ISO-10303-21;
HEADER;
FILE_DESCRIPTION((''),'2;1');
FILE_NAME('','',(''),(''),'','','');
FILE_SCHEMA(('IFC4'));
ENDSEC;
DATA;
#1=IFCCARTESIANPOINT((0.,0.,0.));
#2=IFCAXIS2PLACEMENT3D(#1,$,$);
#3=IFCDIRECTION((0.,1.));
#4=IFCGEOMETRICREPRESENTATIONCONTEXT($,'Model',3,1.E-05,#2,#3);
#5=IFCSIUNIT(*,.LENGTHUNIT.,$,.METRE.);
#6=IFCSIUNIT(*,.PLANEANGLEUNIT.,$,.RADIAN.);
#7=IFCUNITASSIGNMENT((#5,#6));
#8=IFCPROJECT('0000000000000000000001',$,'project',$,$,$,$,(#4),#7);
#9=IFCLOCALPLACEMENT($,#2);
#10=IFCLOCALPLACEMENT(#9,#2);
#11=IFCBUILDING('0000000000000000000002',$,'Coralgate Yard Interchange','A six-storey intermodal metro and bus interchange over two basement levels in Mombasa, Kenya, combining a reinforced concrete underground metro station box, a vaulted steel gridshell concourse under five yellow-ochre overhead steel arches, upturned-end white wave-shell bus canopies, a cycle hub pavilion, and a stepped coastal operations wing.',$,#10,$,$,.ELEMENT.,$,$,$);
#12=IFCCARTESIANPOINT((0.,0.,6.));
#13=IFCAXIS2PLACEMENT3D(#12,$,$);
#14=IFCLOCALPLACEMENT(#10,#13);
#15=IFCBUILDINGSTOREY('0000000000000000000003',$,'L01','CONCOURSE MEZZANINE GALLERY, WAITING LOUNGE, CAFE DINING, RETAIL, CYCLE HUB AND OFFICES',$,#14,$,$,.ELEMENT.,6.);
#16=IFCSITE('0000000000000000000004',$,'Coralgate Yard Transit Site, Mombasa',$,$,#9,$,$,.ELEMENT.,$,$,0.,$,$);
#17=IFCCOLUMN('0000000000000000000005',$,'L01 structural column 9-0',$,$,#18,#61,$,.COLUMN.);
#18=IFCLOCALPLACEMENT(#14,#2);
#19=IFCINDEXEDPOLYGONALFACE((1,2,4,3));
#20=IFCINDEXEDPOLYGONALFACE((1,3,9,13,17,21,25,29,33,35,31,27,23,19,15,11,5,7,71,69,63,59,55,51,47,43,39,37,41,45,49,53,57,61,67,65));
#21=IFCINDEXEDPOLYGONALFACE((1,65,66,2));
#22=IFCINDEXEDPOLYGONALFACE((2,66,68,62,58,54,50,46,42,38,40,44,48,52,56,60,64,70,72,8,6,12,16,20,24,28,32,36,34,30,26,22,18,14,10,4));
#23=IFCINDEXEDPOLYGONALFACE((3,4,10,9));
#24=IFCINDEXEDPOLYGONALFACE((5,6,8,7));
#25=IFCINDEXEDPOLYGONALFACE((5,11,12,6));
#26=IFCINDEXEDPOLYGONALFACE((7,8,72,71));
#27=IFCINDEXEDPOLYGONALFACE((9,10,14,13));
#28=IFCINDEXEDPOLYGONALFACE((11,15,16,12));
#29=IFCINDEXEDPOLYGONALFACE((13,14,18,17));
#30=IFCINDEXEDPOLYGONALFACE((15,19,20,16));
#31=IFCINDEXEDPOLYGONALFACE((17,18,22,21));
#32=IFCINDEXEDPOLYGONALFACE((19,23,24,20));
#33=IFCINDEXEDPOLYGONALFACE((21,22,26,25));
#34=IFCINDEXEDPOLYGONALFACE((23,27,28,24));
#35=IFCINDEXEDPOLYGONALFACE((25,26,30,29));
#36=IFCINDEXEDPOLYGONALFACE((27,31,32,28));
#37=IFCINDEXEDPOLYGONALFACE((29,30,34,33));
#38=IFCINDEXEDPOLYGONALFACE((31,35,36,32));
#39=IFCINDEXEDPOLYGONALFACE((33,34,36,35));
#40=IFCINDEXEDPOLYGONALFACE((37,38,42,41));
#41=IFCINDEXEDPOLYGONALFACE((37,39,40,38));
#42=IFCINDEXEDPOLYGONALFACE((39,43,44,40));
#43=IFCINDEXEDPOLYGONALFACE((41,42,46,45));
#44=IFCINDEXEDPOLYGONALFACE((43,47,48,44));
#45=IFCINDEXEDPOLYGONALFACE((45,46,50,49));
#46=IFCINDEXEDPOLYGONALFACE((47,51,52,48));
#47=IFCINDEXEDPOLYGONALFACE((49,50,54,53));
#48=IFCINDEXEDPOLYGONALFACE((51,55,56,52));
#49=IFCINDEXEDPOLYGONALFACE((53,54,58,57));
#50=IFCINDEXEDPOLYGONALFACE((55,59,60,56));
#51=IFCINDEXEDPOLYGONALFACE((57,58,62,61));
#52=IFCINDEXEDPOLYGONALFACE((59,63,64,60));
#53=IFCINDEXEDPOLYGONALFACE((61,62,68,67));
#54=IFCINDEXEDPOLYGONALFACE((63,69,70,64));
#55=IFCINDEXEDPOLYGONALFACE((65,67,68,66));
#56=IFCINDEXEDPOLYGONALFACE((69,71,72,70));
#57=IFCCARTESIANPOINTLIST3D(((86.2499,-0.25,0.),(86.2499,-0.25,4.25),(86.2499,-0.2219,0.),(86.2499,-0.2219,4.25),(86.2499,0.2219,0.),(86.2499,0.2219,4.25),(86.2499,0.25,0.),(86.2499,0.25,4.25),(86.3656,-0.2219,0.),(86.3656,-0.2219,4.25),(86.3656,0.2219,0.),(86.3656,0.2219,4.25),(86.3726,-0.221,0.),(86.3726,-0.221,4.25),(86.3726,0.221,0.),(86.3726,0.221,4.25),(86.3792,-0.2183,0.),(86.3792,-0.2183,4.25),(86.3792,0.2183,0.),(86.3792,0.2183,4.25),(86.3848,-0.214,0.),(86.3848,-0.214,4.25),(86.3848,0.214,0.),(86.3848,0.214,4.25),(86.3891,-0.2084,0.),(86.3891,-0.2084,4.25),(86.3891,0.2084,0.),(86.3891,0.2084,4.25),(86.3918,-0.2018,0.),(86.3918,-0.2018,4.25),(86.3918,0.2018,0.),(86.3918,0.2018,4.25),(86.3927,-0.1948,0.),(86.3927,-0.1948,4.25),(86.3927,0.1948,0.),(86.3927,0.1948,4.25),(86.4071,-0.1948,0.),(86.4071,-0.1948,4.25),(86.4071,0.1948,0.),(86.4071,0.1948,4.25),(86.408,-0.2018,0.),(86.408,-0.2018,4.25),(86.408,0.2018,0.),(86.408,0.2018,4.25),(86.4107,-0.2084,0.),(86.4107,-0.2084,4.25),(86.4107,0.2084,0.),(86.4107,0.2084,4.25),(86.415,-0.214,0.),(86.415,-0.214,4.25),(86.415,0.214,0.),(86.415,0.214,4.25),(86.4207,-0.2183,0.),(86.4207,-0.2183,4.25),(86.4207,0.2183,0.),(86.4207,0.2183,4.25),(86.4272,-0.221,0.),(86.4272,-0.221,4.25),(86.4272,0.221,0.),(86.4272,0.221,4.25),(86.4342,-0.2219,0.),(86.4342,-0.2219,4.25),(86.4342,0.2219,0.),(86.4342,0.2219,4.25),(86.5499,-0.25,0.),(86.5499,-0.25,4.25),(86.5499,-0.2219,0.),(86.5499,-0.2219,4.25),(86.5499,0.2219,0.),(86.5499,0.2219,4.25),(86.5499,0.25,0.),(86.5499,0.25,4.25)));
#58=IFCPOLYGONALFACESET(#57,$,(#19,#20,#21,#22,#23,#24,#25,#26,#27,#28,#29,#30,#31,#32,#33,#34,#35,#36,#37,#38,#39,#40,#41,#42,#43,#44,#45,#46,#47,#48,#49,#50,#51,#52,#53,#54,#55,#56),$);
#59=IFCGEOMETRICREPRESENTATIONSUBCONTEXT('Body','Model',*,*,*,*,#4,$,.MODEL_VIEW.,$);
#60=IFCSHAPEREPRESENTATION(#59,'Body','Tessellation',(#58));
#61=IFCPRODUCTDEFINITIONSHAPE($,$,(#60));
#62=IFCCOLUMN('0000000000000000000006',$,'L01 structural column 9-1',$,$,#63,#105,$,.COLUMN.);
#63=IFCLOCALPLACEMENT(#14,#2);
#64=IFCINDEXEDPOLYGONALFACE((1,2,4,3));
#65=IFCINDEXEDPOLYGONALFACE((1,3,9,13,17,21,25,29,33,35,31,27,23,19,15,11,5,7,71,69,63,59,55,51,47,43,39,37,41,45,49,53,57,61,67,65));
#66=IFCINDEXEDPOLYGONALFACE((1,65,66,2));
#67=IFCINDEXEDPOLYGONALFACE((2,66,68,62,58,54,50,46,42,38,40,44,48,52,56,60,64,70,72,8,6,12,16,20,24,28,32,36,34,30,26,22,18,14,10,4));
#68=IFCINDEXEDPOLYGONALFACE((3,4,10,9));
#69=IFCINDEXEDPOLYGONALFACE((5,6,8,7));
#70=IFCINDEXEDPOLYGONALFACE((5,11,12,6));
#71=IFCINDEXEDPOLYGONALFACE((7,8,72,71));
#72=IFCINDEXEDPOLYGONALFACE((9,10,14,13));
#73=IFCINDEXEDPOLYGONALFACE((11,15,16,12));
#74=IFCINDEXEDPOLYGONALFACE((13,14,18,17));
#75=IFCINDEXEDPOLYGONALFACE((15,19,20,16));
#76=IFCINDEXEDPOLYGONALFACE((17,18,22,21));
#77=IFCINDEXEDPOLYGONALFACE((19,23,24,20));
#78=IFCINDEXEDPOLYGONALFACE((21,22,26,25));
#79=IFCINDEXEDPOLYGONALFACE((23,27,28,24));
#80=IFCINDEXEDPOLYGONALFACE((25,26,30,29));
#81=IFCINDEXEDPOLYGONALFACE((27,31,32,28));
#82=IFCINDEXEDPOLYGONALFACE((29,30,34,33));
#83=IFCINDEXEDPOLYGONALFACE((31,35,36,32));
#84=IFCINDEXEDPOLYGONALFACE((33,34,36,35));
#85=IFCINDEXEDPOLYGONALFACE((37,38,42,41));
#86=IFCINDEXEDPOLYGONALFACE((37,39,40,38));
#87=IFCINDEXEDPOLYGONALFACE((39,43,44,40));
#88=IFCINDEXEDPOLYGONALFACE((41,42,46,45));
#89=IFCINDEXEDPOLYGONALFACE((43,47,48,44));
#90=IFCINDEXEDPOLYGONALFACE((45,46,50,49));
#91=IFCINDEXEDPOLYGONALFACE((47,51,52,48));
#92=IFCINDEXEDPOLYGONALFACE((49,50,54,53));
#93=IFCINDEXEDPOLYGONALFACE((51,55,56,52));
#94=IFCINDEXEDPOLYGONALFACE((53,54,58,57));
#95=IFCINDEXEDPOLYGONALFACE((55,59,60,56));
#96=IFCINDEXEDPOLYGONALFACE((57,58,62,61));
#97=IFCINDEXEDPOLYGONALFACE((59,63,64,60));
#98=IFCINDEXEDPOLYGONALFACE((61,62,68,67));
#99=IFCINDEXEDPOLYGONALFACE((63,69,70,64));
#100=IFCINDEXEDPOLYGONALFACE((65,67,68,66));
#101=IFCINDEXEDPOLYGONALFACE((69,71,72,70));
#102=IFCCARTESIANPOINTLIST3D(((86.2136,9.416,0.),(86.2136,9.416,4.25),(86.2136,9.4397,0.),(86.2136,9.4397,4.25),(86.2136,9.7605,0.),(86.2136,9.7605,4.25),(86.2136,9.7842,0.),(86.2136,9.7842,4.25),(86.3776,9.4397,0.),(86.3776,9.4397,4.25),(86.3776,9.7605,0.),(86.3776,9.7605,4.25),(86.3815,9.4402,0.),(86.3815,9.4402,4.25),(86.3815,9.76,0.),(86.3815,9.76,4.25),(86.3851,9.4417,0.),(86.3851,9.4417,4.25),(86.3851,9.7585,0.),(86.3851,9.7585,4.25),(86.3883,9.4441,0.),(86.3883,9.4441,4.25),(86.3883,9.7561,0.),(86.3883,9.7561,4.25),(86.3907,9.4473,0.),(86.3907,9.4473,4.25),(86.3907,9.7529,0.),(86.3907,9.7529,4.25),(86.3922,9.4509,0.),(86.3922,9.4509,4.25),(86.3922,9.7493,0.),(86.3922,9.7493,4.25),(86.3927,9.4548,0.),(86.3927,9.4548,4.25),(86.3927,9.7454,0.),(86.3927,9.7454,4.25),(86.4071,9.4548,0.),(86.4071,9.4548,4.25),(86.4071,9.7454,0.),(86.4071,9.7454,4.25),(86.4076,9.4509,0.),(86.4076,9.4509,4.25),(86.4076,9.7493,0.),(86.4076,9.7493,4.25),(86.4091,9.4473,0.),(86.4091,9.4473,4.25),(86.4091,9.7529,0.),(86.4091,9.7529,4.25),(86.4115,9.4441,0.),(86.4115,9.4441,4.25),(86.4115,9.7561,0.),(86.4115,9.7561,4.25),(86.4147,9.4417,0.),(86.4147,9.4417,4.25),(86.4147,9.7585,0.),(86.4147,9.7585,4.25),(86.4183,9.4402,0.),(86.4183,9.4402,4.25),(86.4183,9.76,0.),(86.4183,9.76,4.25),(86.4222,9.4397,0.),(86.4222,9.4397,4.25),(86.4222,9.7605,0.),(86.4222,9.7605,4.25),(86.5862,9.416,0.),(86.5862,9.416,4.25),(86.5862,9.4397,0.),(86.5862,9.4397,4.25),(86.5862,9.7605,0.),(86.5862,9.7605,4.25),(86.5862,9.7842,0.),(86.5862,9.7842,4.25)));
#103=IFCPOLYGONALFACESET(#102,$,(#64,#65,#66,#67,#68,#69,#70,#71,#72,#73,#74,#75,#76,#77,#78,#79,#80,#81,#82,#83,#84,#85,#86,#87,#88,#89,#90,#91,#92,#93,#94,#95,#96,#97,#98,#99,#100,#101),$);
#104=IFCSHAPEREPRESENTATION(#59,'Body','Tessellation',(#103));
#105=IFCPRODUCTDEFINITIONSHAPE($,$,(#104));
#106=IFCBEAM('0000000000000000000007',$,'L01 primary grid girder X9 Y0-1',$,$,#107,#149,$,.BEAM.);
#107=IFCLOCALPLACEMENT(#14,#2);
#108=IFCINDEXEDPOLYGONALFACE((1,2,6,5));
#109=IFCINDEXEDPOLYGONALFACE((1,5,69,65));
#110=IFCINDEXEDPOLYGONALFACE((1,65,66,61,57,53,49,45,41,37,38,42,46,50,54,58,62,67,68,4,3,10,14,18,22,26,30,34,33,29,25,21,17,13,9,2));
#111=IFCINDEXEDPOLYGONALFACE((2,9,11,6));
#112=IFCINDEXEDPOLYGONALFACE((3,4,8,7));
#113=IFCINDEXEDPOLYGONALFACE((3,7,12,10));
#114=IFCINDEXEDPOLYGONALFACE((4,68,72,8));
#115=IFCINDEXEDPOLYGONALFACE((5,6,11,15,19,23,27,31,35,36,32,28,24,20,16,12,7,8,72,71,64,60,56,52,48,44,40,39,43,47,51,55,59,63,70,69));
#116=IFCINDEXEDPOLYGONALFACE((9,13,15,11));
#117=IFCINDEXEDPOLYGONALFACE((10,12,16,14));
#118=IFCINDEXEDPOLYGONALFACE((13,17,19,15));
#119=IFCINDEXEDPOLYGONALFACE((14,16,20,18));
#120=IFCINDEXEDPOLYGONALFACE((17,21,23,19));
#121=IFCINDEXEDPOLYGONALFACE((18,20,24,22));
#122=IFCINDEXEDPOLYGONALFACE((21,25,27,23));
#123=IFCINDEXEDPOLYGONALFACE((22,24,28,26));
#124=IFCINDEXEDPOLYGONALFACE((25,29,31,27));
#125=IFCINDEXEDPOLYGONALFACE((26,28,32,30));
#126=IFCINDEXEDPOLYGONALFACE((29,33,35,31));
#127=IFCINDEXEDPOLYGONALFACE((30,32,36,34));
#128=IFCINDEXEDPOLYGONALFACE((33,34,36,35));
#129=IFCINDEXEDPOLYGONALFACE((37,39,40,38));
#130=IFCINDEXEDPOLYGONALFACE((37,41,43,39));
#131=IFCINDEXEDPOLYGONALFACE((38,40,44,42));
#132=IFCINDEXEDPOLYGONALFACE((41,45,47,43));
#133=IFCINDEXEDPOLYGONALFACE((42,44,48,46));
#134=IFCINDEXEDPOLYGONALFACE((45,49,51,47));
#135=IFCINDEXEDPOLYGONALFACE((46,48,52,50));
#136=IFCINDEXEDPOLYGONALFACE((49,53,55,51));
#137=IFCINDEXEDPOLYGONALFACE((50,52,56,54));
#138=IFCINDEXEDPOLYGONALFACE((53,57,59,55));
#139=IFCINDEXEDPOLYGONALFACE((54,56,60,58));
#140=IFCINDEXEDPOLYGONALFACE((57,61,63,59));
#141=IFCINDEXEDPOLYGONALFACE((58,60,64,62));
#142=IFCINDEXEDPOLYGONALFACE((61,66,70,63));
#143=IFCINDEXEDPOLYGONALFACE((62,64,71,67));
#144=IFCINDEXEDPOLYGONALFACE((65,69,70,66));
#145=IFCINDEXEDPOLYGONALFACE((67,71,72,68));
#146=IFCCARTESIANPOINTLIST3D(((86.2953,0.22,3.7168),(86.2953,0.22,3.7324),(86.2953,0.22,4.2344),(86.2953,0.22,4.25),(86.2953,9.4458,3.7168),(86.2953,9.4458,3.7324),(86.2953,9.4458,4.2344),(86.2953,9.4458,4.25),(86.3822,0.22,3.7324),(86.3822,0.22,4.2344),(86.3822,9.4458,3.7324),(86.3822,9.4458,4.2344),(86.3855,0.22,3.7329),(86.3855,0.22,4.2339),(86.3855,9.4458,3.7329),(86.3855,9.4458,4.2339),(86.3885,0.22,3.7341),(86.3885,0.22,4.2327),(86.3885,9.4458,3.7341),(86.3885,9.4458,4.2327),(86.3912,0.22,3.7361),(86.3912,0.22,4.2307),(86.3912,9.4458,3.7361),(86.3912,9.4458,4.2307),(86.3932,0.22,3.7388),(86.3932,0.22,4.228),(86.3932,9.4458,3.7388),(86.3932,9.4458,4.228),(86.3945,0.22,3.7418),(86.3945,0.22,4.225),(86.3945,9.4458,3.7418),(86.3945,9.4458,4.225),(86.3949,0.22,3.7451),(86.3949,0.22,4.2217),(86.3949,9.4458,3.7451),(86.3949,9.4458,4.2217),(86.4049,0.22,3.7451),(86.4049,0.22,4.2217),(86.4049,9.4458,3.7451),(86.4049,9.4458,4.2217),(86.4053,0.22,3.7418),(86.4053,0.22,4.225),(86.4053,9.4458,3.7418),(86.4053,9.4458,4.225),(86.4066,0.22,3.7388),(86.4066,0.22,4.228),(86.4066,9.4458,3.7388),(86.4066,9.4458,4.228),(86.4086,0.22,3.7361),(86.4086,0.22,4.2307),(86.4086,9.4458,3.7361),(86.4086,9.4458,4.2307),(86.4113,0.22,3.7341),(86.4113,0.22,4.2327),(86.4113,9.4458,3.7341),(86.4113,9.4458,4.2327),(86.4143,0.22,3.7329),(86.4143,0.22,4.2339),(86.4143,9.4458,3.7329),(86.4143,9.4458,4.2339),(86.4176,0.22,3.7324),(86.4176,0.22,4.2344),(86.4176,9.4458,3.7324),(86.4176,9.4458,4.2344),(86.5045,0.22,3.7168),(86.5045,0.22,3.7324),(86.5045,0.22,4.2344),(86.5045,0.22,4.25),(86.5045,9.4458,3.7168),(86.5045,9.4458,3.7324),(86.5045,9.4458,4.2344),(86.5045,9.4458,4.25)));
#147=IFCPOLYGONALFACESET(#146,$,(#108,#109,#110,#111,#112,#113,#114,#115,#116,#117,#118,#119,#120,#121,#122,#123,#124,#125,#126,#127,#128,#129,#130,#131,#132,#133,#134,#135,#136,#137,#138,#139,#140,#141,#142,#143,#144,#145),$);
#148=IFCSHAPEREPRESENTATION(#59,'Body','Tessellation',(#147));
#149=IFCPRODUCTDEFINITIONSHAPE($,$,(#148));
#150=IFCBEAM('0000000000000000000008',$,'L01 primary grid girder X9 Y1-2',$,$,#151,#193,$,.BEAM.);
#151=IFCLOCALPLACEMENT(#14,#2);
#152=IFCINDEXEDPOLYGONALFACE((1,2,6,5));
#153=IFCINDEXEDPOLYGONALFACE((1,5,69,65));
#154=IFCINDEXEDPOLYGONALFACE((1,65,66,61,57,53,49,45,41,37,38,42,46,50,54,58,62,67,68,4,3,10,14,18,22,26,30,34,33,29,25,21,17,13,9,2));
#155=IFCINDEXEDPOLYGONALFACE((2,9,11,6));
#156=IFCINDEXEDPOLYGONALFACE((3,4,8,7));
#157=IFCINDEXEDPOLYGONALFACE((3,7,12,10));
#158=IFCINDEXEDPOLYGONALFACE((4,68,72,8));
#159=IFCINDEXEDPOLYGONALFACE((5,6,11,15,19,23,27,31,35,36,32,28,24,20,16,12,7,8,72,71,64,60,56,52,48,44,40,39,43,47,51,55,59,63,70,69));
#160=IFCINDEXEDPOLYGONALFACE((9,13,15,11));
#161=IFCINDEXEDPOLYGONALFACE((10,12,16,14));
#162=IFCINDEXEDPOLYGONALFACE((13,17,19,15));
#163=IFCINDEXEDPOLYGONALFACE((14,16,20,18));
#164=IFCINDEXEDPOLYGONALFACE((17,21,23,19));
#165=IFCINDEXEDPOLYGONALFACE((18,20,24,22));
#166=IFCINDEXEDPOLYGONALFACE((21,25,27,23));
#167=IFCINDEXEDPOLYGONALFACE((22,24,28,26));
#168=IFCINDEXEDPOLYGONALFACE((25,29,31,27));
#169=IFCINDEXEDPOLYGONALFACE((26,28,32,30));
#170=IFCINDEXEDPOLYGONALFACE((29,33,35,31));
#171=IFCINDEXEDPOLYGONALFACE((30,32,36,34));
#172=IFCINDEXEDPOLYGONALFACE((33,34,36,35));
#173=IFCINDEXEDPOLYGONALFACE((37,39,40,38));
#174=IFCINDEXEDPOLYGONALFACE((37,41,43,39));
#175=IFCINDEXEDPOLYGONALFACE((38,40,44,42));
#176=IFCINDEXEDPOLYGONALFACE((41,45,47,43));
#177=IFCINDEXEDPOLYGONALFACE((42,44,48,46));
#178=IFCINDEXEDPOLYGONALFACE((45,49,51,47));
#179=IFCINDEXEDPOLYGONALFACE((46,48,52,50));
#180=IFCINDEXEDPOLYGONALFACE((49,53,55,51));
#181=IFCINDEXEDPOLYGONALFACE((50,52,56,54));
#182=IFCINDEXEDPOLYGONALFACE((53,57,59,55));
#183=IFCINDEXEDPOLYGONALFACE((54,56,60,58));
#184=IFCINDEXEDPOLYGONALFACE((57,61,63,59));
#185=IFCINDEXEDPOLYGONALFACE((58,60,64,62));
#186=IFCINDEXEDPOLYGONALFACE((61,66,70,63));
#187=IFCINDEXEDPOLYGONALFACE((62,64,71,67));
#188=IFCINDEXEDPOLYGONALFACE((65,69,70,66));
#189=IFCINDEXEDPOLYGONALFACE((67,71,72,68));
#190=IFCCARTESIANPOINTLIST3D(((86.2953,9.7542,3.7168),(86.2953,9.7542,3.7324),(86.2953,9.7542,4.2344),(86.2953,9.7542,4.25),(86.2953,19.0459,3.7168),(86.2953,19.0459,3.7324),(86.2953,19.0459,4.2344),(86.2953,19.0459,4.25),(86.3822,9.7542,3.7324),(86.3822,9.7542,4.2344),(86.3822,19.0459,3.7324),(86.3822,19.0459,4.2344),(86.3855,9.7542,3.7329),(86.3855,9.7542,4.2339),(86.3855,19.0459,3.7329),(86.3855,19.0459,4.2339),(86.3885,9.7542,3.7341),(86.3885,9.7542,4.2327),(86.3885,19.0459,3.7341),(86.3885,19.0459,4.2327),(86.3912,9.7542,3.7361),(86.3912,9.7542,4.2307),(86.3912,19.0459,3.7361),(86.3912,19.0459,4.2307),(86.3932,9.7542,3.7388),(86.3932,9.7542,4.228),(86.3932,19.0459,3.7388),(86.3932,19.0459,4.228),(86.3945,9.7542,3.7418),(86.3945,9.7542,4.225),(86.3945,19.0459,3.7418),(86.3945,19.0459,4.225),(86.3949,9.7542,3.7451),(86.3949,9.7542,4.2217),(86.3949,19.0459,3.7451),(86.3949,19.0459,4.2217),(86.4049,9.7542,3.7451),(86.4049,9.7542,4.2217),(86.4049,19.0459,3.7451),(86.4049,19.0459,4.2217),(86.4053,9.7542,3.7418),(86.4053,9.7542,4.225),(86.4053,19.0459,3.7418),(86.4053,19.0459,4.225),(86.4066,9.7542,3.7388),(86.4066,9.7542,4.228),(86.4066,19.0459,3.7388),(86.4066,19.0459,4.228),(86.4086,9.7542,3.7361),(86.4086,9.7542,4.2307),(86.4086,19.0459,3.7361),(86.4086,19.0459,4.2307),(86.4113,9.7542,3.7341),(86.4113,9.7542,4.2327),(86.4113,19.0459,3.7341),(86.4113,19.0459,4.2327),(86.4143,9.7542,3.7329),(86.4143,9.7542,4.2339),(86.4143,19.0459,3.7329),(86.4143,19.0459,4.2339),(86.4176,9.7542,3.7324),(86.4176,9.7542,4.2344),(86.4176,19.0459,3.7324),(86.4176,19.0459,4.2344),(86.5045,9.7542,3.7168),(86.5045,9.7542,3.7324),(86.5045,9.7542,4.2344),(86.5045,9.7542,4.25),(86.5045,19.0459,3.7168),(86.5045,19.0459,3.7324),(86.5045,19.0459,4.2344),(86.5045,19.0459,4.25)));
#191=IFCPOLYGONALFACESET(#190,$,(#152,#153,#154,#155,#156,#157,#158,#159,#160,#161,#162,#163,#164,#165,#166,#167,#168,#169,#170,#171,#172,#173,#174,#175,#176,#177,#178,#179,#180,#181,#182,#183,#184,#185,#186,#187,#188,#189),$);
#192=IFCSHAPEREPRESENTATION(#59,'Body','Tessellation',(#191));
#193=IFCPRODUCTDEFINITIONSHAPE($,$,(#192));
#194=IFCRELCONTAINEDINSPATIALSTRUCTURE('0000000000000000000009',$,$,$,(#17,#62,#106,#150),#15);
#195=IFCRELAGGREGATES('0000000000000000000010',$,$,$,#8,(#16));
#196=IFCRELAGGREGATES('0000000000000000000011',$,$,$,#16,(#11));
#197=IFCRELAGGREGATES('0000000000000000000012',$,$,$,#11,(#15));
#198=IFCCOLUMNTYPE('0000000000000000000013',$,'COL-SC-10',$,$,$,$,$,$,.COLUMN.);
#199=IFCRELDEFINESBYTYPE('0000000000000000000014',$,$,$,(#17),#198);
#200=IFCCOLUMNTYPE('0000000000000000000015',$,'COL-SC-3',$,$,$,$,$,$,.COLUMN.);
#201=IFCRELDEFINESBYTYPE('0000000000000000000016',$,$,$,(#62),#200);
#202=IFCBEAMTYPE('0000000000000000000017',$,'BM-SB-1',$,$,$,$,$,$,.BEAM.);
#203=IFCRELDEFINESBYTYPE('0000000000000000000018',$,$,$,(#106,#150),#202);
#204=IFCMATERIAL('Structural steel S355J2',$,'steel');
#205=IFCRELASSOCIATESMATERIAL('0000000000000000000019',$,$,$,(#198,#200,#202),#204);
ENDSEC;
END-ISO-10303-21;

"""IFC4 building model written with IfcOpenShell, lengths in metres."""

from ifc_helpers import new_model, si_unit, direction, frame, origin, origin_2d, place, context, subcontext, project, spatial, i_section, extrude, material, material_profile, profile_set, type_object, element, save


model = new_model("IFC4")

# Units and contexts
model_context = context("Model", 3, precision=1e-05, world=origin(), true_north=direction((0.0, 1.0)))
body_context = subcontext(model_context, "Body", "Model", "MODEL_VIEW")
ifc_project = project(units=[si_unit("LENGTHUNIT", "METRE"), si_unit("PLANEANGLEUNIT", "RADIAN")], contexts=[model_context])

# Site, building, storey
site_placement = place(None, origin())
site = spatial("IfcSite", under=ifc_project, at=site_placement, Name="Coralgate Yard Transit Site, Mombasa", CompositionType="ELEMENT", RefElevation=0.0)
building_placement = place(site_placement, origin())
building = spatial("IfcBuilding", under=site, at=building_placement, Name="Coralgate Yard Interchange", Description="A six-storey intermodal metro and bus interchange over two basement levels in Mombasa, Kenya, combining a reinforced concrete underground metro station box, a vaulted steel gridshell concourse under five yellow-ochre overhead steel arches, upturned-end white wave-shell bus canopies, a cycle hub pavilion, and a stepped coastal operations wing.", CompositionType="ELEMENT")
storey_placement = place(building_placement, frame((0.0, 0.0, 6.0)))
storey = spatial("IfcBuildingStorey", under=building, at=storey_placement, Name="L01", Description="CONCOURSE MEZZANINE GALLERY, WAITING LOUNGE, CAFE DINING, RETAIL, CYCLE HUB AND OFFICES", CompositionType="ELEMENT", Elevation=6.0)

# Columns
ifc_material_1 = material(Name="Structural steel S355J2", Category="steel")
ifc_material_profile_1 = material_profile(ifc_material_1, i_section(OverallWidth=0.3, OverallDepth=0.5, WebThickness=0.0144, FlangeThickness=0.0281, FilletRadius=0.0271, at=origin_2d()), Name="HEB 500")
ifc_profile_set_1 = profile_set([ifc_material_profile_1], Name="Structural steel S355J2")
column_type_1 = type_object("IfcColumnType", Name="COL-SC-10", PredefinedType="COLUMN", material=ifc_profile_set_1)
column_1_placement = place(storey_placement, frame((86.3999, 0.0, 0.0), z_axis=(0.0, 0.0, 1.0), x_axis=(1.0, 0.0, 0.0)))
element("IfcColumn", 1, at=column_1_placement, inside=storey, type_object=column_type_1, Name="L01 structural column 9-0", PredefinedType="COLUMN", context=body_context, shape_type="SweptSolid", body=[
    extrude(i_section(OverallWidth=0.3, OverallDepth=0.5, WebThickness=0.0144, FlangeThickness=0.0281, FilletRadius=0.0271, at=origin_2d()), origin(), (0.0, 0.0, 1.0), 4.25),
])
ifc_material_profile_2 = material_profile(ifc_material_1, i_section(OverallWidth=0.3726, OverallDepth=0.3682, WebThickness=0.0144, FlangeThickness=0.0237, FilletRadius=0.0151, at=origin_2d()), Name="UC 356x368x177")
ifc_profile_set_2 = profile_set([ifc_material_profile_2], Name="Structural steel S355J2")
column_type_2 = type_object("IfcColumnType", Name="COL-SC-3", PredefinedType="COLUMN", material=ifc_profile_set_2)
column_2_placement = place(storey_placement, frame((86.3999, 9.6001, 0.0), z_axis=(0.0, 0.0, 1.0), x_axis=(1.0, 0.0, 0.0)))
element("IfcColumn", 2, at=column_2_placement, inside=storey, type_object=column_type_2, Name="L01 structural column 9-1", PredefinedType="COLUMN", context=body_context, shape_type="SweptSolid", body=[
    extrude(i_section(OverallWidth=0.3726, OverallDepth=0.3682, WebThickness=0.0144, FlangeThickness=0.0237, FilletRadius=0.0151, at=origin_2d()), origin(), (0.0, 0.0, 1.0), 4.25),
])

# Beams
ifc_material_profile_3 = material_profile(ifc_material_1, i_section(OverallWidth=0.2092, OverallDepth=0.5332, WebThickness=0.01, FlangeThickness=0.0156, FilletRadius=0.0127, at=origin_2d()), Name="UB 533x210x92")
ifc_profile_set_3 = profile_set([ifc_material_profile_3], Name="Structural steel S355J2")
beam_type_1 = type_object("IfcBeamType", Name="BM-SB-1", PredefinedType="BEAM", material=ifc_profile_set_3)
beam_1_placement = place(storey_placement, frame((86.3999, 0.22, 3.9834), z_axis=(0.0, 1.0, 0.0), x_axis=(-1.0, 0.0, 0.0)))
element("IfcBeam", 3, at=beam_1_placement, inside=storey, type_object=beam_type_1, Name="L01 primary grid girder X9 Y0-1", PredefinedType="BEAM", context=body_context, shape_type="SweptSolid", body=[
    extrude(i_section(OverallWidth=0.2092, OverallDepth=0.5332, WebThickness=0.01, FlangeThickness=0.0156, FilletRadius=0.0127, at=origin_2d()), origin(), (0.0, 0.0, 1.0), 9.2258),
])
beam_2_placement = place(storey_placement, frame((86.3999, 9.7542, 3.9834), z_axis=(0.0, 1.0, 0.0), x_axis=(-1.0, 0.0, 0.0)))
element("IfcBeam", 4, at=beam_2_placement, inside=storey, type_object=beam_type_1, Name="L01 primary grid girder X9 Y1-2", PredefinedType="BEAM", context=body_context, shape_type="SweptSolid", body=[
    extrude(i_section(OverallWidth=0.2092, OverallDepth=0.5332, WebThickness=0.01, FlangeThickness=0.0156, FilletRadius=0.0127, at=origin_2d()), origin(), (0.0, 0.0, 1.0), 9.2917),
])

save(model, "model.ifc")
